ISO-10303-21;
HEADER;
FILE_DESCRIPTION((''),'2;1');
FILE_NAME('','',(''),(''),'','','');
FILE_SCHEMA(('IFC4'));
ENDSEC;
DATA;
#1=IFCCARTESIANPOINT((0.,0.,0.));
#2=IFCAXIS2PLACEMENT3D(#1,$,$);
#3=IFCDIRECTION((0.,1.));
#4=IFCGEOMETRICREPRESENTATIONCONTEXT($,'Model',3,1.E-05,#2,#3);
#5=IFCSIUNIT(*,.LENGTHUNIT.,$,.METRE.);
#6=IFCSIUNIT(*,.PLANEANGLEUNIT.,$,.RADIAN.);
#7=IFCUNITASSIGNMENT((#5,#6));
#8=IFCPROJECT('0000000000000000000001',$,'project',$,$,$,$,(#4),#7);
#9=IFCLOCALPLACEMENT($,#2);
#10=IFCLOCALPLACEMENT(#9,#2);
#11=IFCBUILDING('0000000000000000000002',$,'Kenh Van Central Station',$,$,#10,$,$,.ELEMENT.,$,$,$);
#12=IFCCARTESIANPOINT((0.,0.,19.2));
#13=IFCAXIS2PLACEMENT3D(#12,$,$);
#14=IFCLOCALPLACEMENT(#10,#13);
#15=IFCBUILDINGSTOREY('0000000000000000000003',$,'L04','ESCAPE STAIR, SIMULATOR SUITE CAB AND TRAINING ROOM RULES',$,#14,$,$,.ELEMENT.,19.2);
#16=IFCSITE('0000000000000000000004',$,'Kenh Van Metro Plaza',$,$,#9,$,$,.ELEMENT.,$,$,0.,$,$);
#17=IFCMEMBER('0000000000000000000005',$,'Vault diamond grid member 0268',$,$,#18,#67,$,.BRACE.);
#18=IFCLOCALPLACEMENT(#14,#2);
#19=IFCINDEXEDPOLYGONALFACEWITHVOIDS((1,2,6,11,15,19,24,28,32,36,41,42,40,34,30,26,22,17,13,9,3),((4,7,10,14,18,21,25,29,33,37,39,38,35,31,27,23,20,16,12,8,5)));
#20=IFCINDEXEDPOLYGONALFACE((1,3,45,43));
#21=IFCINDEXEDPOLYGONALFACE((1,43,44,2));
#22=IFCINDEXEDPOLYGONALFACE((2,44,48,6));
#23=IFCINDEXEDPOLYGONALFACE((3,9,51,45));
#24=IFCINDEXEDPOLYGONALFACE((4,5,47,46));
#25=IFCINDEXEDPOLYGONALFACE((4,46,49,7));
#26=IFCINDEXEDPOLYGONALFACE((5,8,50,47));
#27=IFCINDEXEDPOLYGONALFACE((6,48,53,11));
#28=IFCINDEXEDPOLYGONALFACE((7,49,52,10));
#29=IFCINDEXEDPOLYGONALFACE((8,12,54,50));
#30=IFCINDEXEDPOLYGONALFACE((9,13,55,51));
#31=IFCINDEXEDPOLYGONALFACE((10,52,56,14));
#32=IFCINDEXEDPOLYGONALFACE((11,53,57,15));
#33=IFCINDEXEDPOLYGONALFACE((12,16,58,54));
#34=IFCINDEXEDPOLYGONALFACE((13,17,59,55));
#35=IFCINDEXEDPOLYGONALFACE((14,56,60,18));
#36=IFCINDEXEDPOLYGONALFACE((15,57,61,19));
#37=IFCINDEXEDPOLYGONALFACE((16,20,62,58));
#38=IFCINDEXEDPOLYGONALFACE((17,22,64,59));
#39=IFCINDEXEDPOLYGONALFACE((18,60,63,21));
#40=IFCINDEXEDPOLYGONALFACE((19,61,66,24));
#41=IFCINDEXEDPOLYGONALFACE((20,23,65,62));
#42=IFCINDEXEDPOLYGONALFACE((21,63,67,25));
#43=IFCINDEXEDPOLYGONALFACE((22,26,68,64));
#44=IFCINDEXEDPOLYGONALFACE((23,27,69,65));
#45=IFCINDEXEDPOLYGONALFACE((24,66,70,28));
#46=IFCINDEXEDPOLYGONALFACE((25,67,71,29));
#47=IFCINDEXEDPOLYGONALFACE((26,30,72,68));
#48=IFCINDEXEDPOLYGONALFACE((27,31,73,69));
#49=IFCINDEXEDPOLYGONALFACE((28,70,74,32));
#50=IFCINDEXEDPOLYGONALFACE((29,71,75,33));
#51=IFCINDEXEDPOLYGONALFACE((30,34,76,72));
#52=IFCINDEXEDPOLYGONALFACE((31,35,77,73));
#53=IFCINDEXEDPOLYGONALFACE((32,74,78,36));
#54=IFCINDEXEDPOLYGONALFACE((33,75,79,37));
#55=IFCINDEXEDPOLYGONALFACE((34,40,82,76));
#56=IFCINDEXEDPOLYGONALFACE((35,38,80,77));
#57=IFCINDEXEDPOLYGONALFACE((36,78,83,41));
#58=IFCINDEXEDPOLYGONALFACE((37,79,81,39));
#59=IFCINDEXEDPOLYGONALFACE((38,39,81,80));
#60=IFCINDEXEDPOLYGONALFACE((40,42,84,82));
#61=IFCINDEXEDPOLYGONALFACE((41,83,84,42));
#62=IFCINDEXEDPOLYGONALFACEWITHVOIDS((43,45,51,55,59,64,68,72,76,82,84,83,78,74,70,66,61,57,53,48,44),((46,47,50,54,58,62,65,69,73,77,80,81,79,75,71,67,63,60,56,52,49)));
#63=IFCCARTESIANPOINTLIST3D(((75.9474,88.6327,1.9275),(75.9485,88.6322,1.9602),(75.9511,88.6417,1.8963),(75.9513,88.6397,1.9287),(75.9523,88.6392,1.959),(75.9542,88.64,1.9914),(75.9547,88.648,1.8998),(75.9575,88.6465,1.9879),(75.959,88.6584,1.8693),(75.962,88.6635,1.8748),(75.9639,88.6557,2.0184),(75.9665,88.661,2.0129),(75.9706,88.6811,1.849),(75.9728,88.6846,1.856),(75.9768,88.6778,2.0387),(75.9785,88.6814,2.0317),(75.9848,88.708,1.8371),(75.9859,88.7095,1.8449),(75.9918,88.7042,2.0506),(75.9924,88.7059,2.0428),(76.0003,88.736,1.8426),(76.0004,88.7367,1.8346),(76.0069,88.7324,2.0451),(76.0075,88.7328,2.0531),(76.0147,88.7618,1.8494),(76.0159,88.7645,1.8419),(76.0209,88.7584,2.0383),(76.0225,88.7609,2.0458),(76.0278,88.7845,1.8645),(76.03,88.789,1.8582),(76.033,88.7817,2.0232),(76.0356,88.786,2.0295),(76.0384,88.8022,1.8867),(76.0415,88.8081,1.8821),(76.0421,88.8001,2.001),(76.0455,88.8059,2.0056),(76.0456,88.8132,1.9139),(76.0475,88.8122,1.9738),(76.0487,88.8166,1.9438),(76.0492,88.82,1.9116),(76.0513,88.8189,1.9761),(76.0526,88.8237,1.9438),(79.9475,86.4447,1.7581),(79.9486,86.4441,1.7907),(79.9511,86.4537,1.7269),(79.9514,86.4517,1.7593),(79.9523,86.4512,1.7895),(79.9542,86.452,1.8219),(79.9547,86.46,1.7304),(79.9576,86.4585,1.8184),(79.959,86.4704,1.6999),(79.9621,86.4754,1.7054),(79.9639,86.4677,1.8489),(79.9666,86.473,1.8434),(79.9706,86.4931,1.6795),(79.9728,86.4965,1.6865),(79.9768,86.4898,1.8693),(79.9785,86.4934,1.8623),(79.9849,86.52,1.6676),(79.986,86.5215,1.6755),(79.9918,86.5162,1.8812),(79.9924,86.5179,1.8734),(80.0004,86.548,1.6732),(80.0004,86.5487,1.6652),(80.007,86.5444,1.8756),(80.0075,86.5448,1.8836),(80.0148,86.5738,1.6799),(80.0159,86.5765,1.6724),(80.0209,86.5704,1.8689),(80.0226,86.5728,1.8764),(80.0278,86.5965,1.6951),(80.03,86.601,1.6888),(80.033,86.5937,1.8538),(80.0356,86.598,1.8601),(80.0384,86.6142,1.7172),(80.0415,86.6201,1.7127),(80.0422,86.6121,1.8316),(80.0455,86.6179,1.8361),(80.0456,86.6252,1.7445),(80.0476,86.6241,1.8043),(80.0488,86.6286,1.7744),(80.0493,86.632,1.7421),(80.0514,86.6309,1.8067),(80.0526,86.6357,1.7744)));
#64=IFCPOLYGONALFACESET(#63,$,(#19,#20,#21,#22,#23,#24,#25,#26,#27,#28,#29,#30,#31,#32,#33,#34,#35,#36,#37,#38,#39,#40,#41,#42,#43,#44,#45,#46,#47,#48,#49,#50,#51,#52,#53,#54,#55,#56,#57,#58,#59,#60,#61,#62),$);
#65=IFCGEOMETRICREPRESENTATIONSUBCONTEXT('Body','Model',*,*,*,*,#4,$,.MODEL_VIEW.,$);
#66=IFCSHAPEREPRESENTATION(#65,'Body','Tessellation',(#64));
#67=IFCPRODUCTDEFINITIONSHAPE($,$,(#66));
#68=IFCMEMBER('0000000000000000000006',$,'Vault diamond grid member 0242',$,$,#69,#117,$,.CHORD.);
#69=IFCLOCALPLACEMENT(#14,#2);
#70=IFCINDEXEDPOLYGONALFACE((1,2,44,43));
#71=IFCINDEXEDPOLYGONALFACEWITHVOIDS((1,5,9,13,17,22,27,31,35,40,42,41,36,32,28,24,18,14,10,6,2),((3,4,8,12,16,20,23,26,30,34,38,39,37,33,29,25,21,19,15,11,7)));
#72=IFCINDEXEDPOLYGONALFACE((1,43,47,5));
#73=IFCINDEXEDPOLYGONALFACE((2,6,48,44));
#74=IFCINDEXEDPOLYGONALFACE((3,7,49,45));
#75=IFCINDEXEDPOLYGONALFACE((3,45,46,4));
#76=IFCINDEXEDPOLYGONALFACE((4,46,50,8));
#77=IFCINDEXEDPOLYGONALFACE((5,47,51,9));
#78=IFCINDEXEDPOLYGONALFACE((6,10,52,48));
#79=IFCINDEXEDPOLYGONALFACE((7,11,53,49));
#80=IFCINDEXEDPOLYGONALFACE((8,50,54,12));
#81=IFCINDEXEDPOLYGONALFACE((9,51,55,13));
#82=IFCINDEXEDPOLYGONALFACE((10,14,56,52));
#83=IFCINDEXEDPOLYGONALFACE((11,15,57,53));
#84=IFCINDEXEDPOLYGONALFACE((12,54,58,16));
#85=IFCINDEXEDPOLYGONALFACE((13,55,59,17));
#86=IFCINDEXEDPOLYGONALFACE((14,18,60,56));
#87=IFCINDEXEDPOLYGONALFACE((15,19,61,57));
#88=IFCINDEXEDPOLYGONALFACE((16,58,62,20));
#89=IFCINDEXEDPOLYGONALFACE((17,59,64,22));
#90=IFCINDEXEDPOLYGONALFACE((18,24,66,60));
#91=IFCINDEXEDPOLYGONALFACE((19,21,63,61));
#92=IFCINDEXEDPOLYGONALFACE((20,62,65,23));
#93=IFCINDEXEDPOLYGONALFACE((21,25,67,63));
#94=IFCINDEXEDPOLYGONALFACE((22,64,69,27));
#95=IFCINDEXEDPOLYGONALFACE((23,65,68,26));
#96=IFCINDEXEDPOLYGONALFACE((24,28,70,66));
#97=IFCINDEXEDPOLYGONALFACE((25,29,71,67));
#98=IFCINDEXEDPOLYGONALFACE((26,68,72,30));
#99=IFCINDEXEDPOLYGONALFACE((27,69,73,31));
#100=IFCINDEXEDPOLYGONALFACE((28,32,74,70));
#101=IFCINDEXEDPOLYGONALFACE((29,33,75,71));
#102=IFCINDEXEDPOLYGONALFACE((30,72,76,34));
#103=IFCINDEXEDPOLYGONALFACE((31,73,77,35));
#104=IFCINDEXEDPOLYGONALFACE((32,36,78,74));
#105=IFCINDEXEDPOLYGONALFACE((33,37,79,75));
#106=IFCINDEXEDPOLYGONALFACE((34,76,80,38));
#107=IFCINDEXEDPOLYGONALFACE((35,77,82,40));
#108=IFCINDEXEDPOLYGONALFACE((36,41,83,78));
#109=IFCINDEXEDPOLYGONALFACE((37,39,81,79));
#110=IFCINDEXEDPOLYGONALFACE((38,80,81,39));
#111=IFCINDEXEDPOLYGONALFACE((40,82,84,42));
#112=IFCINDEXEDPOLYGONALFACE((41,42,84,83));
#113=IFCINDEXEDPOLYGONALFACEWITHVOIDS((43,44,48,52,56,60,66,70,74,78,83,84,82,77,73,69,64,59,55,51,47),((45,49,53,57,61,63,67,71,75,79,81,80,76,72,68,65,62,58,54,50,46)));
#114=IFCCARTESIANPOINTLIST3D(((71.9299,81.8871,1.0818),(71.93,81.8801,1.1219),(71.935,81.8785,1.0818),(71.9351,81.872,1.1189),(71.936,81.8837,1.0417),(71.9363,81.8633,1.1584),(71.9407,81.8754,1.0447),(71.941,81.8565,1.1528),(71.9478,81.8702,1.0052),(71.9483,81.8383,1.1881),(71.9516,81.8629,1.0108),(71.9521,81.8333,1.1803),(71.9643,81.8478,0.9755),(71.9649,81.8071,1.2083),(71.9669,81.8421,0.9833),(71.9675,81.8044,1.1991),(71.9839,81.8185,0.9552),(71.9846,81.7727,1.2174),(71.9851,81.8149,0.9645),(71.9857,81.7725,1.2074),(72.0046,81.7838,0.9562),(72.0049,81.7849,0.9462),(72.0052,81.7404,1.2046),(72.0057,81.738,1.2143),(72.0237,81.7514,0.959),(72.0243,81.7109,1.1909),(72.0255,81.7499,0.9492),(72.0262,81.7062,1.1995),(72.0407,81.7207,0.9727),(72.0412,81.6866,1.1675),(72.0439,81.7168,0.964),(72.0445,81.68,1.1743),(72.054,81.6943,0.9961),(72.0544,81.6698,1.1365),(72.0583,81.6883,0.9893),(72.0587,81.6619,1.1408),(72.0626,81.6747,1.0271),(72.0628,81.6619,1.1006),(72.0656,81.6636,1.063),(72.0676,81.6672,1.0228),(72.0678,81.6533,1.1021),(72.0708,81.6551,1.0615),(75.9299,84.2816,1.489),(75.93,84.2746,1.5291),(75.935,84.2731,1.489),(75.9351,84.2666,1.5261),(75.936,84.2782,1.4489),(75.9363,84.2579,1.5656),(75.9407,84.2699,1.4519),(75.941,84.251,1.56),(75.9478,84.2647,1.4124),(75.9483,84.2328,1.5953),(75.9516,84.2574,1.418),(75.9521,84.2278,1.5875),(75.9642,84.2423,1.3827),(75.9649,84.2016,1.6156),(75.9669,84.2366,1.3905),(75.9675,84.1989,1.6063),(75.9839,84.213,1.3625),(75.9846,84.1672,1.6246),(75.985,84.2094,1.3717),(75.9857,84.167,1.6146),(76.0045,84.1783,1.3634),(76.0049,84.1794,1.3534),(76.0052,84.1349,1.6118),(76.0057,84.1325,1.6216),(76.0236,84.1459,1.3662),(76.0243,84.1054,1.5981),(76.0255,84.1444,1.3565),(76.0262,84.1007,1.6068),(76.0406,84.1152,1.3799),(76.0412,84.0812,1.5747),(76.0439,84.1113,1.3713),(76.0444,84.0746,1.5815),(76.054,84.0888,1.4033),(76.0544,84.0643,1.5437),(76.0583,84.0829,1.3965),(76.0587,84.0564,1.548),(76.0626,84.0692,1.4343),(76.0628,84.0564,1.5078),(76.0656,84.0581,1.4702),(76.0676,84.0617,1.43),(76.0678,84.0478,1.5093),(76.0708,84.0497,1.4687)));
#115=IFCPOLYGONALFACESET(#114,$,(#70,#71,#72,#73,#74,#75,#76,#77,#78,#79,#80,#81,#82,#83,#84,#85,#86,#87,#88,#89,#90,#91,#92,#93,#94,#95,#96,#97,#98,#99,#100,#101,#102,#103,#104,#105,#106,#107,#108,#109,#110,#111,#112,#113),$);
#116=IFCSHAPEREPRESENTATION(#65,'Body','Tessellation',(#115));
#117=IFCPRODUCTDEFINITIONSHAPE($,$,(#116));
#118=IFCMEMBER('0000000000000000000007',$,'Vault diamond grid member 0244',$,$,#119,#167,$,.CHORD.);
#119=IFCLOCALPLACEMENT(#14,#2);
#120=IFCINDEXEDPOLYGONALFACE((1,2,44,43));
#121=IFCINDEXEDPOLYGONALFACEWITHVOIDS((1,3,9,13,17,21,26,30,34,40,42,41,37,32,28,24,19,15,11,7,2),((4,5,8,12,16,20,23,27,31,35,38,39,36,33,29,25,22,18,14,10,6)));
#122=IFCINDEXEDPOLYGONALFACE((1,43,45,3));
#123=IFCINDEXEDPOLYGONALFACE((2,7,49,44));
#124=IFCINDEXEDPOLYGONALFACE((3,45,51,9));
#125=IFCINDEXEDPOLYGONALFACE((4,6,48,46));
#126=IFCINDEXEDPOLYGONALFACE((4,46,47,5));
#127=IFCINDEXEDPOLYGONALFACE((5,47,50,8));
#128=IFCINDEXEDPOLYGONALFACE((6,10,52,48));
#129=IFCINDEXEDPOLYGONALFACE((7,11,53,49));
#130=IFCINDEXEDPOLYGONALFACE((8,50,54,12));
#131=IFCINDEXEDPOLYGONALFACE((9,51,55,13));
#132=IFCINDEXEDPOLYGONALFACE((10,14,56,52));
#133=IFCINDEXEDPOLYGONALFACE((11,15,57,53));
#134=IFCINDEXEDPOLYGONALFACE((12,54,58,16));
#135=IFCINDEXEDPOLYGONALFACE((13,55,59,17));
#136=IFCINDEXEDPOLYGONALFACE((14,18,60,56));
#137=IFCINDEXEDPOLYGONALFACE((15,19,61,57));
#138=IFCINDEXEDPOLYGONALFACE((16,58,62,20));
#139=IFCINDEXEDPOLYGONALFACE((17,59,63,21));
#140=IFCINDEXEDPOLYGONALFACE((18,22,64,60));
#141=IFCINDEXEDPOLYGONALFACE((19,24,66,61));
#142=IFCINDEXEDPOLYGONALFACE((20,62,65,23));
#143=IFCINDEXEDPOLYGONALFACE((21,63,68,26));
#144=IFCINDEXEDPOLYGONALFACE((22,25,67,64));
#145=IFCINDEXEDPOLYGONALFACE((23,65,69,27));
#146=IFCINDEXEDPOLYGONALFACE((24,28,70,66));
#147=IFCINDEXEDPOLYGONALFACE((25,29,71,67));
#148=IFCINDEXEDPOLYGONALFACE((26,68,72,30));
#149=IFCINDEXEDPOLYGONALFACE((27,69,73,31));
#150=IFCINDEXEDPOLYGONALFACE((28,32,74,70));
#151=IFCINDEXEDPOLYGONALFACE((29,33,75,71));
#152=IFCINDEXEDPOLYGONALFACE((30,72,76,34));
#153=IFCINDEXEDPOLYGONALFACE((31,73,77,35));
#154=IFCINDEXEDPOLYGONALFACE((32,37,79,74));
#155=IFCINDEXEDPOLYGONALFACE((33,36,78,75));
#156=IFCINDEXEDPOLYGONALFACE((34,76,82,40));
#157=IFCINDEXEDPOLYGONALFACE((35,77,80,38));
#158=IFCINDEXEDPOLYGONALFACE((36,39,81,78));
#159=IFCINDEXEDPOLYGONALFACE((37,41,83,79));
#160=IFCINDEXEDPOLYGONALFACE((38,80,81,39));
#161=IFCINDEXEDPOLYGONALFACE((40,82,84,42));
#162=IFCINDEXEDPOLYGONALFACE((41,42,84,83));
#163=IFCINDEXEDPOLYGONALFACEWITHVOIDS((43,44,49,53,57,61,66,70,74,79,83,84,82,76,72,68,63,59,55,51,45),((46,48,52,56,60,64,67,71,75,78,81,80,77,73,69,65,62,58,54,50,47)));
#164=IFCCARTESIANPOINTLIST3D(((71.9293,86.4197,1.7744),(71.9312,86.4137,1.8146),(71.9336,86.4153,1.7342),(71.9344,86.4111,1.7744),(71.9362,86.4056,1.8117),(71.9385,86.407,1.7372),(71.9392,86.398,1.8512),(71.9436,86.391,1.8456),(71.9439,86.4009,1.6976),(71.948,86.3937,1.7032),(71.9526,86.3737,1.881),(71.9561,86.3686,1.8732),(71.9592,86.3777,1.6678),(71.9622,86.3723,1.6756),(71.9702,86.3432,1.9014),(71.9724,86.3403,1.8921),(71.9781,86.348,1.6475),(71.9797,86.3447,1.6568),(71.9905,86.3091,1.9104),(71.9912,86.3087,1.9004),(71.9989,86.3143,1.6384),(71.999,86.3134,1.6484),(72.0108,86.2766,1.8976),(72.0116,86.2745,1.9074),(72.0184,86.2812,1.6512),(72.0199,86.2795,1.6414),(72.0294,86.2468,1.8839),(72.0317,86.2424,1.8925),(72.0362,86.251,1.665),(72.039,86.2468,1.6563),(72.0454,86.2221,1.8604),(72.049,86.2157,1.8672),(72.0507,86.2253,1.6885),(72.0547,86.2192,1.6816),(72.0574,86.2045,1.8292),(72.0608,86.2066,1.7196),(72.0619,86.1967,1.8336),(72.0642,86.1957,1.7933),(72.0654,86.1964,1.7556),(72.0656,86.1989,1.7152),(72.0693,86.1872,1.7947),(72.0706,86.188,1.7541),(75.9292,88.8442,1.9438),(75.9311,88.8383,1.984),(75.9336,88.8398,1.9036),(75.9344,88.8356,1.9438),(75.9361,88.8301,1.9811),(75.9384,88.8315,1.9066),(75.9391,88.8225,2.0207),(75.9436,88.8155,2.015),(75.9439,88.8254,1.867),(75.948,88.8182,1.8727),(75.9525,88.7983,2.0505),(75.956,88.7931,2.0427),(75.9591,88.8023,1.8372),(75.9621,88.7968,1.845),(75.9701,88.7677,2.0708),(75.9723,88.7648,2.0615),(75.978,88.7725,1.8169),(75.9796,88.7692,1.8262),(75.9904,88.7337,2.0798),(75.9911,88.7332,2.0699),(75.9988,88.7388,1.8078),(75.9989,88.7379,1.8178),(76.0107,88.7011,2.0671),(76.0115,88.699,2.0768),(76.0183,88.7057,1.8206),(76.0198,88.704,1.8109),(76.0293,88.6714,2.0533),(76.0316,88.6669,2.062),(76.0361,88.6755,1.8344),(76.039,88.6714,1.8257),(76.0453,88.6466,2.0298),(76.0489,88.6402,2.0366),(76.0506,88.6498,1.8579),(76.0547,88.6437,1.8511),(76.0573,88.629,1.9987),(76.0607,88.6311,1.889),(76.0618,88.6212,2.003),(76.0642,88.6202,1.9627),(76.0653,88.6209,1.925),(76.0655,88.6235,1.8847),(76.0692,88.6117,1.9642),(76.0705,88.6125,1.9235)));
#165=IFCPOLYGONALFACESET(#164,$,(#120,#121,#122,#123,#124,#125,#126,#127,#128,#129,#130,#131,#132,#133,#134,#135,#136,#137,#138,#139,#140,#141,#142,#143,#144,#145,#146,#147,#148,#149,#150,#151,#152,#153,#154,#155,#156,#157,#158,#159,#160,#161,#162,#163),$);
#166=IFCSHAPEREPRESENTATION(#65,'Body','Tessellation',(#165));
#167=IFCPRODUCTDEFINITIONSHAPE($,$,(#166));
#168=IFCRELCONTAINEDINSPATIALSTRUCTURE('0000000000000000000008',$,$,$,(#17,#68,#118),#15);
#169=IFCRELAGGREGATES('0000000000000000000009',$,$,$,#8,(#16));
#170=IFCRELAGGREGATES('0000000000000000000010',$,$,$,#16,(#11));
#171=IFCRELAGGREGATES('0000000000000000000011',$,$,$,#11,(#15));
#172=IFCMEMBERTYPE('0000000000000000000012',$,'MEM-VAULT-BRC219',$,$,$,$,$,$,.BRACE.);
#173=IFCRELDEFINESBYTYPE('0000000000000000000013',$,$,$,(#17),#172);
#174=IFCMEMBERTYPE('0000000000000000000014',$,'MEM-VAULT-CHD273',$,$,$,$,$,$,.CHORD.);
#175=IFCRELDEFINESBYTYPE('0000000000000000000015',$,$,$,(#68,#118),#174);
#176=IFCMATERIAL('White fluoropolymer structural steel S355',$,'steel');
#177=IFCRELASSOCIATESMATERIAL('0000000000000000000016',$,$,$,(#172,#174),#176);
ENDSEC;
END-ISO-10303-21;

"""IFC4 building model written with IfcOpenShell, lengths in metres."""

from ifc_helpers import new_model, si_unit, direction, frame, origin, origin_2d, place, context, subcontext, project, spatial, hollow_circle, extrude, material, material_profile, profile_set, type_object, element, save


model = new_model("IFC4")

# Units and contexts
model_context = context("Model", 3, precision=1e-05, world=origin(), true_north=direction((0.0, 1.0)))
body_context = subcontext(model_context, "Body", "Model", "MODEL_VIEW")
ifc_project = project(units=[si_unit("LENGTHUNIT", "METRE"), si_unit("PLANEANGLEUNIT", "RADIAN")], contexts=[model_context])

# Site, building, storey
site_placement = place(None, origin())
site = spatial("IfcSite", under=ifc_project, at=site_placement, Name="Kenh Van Metro Plaza", CompositionType="ELEMENT", RefElevation=0.0)
building_placement = place(site_placement, origin())
building = spatial("IfcBuilding", under=site, at=building_placement, Name="Kenh Van Central Station", CompositionType="ELEMENT")
storey_placement = place(building_placement, frame((0.0, 0.0, 19.2)))
storey = spatial("IfcBuildingStorey", under=building, at=storey_placement, Name="L04", Description="ESCAPE STAIR, SIMULATOR SUITE CAB AND TRAINING ROOM RULES", CompositionType="ELEMENT", Elevation=19.2)

# Shared definitions
ifc_material_1 = material(Name="White fluoropolymer structural steel S355", Category="steel")

# Members
ifc_material_profile_1 = material_profile(ifc_material_1, hollow_circle(Radius=0.1096, WallThickness=0.0081, at=origin_2d()), Name="CHS 219.1x8")
ifc_profile_set_1 = profile_set([ifc_material_profile_1], Name="White fluoropolymer structural steel S355")
member_type_1 = type_object("IfcMemberType", Name="MEM-VAULT-BRC219", PredefinedType="BRACE", material=ifc_profile_set_1)
member_1_placement = place(storey_placement, frame((76.0, 88.7275, 1.9438), z_axis=(0.876721, -0.479564, -0.037136), x_axis=(0.479895, 0.877326, 0.0)))
element("IfcMember", 1, at=member_1_placement, inside=storey, type_object=member_type_1, Name="Vault diamond grid member 0268", PredefinedType="BRACE", context=body_context, shape_type="SweptSolid", body=[
    extrude(hollow_circle(Radius=0.1096, WallThickness=0.0081, at=origin_2d()), origin(), (0.0, 0.0, 1.0), 4.5625),
])
ifc_material_profile_2 = material_profile(ifc_material_1, hollow_circle(Radius=0.1365, WallThickness=0.01, at=origin_2d()), Name="CHS 273x10")
ifc_profile_set_2 = profile_set([ifc_material_profile_2], Name="White fluoropolymer structural steel S355")
member_type_2 = type_object("IfcMemberType", Name="MEM-VAULT-CHD273", PredefinedType="CHORD", material=ifc_profile_set_2)
member_2_placement = place(storey_placement, frame((72.0, 81.77, 1.0818), z_axis=(0.854755, 0.511685, 0.08702), x_axis=(-0.513633, 0.85801, 0.0)))
element("IfcMember", 2, at=member_2_placement, inside=storey, type_object=member_type_2, Name="Vault diamond grid member 0242", PredefinedType="CHORD", context=body_context, shape_type="SweptSolid", body=[
    extrude(hollow_circle(Radius=0.1365, WallThickness=0.01, at=origin_2d()), origin(), (0.0, 0.0, 1.0), 4.6797),
])
member_3_placement = place(storey_placement, frame((72.0, 86.303, 1.7744), z_axis=(0.854607, 0.518012, 0.0362), x_axis=(-0.518351, 0.855168, 0.0)))
element("IfcMember", 3, at=member_3_placement, inside=storey, type_object=member_type_2, Name="Vault diamond grid member 0244", PredefinedType="CHORD", context=body_context, shape_type="SweptSolid", body=[
    extrude(hollow_circle(Radius=0.1365, WallThickness=0.01, at=origin_2d()), origin(), (0.0, 0.0, 1.0), 4.6804),
])

save(model, "model.ifc")
